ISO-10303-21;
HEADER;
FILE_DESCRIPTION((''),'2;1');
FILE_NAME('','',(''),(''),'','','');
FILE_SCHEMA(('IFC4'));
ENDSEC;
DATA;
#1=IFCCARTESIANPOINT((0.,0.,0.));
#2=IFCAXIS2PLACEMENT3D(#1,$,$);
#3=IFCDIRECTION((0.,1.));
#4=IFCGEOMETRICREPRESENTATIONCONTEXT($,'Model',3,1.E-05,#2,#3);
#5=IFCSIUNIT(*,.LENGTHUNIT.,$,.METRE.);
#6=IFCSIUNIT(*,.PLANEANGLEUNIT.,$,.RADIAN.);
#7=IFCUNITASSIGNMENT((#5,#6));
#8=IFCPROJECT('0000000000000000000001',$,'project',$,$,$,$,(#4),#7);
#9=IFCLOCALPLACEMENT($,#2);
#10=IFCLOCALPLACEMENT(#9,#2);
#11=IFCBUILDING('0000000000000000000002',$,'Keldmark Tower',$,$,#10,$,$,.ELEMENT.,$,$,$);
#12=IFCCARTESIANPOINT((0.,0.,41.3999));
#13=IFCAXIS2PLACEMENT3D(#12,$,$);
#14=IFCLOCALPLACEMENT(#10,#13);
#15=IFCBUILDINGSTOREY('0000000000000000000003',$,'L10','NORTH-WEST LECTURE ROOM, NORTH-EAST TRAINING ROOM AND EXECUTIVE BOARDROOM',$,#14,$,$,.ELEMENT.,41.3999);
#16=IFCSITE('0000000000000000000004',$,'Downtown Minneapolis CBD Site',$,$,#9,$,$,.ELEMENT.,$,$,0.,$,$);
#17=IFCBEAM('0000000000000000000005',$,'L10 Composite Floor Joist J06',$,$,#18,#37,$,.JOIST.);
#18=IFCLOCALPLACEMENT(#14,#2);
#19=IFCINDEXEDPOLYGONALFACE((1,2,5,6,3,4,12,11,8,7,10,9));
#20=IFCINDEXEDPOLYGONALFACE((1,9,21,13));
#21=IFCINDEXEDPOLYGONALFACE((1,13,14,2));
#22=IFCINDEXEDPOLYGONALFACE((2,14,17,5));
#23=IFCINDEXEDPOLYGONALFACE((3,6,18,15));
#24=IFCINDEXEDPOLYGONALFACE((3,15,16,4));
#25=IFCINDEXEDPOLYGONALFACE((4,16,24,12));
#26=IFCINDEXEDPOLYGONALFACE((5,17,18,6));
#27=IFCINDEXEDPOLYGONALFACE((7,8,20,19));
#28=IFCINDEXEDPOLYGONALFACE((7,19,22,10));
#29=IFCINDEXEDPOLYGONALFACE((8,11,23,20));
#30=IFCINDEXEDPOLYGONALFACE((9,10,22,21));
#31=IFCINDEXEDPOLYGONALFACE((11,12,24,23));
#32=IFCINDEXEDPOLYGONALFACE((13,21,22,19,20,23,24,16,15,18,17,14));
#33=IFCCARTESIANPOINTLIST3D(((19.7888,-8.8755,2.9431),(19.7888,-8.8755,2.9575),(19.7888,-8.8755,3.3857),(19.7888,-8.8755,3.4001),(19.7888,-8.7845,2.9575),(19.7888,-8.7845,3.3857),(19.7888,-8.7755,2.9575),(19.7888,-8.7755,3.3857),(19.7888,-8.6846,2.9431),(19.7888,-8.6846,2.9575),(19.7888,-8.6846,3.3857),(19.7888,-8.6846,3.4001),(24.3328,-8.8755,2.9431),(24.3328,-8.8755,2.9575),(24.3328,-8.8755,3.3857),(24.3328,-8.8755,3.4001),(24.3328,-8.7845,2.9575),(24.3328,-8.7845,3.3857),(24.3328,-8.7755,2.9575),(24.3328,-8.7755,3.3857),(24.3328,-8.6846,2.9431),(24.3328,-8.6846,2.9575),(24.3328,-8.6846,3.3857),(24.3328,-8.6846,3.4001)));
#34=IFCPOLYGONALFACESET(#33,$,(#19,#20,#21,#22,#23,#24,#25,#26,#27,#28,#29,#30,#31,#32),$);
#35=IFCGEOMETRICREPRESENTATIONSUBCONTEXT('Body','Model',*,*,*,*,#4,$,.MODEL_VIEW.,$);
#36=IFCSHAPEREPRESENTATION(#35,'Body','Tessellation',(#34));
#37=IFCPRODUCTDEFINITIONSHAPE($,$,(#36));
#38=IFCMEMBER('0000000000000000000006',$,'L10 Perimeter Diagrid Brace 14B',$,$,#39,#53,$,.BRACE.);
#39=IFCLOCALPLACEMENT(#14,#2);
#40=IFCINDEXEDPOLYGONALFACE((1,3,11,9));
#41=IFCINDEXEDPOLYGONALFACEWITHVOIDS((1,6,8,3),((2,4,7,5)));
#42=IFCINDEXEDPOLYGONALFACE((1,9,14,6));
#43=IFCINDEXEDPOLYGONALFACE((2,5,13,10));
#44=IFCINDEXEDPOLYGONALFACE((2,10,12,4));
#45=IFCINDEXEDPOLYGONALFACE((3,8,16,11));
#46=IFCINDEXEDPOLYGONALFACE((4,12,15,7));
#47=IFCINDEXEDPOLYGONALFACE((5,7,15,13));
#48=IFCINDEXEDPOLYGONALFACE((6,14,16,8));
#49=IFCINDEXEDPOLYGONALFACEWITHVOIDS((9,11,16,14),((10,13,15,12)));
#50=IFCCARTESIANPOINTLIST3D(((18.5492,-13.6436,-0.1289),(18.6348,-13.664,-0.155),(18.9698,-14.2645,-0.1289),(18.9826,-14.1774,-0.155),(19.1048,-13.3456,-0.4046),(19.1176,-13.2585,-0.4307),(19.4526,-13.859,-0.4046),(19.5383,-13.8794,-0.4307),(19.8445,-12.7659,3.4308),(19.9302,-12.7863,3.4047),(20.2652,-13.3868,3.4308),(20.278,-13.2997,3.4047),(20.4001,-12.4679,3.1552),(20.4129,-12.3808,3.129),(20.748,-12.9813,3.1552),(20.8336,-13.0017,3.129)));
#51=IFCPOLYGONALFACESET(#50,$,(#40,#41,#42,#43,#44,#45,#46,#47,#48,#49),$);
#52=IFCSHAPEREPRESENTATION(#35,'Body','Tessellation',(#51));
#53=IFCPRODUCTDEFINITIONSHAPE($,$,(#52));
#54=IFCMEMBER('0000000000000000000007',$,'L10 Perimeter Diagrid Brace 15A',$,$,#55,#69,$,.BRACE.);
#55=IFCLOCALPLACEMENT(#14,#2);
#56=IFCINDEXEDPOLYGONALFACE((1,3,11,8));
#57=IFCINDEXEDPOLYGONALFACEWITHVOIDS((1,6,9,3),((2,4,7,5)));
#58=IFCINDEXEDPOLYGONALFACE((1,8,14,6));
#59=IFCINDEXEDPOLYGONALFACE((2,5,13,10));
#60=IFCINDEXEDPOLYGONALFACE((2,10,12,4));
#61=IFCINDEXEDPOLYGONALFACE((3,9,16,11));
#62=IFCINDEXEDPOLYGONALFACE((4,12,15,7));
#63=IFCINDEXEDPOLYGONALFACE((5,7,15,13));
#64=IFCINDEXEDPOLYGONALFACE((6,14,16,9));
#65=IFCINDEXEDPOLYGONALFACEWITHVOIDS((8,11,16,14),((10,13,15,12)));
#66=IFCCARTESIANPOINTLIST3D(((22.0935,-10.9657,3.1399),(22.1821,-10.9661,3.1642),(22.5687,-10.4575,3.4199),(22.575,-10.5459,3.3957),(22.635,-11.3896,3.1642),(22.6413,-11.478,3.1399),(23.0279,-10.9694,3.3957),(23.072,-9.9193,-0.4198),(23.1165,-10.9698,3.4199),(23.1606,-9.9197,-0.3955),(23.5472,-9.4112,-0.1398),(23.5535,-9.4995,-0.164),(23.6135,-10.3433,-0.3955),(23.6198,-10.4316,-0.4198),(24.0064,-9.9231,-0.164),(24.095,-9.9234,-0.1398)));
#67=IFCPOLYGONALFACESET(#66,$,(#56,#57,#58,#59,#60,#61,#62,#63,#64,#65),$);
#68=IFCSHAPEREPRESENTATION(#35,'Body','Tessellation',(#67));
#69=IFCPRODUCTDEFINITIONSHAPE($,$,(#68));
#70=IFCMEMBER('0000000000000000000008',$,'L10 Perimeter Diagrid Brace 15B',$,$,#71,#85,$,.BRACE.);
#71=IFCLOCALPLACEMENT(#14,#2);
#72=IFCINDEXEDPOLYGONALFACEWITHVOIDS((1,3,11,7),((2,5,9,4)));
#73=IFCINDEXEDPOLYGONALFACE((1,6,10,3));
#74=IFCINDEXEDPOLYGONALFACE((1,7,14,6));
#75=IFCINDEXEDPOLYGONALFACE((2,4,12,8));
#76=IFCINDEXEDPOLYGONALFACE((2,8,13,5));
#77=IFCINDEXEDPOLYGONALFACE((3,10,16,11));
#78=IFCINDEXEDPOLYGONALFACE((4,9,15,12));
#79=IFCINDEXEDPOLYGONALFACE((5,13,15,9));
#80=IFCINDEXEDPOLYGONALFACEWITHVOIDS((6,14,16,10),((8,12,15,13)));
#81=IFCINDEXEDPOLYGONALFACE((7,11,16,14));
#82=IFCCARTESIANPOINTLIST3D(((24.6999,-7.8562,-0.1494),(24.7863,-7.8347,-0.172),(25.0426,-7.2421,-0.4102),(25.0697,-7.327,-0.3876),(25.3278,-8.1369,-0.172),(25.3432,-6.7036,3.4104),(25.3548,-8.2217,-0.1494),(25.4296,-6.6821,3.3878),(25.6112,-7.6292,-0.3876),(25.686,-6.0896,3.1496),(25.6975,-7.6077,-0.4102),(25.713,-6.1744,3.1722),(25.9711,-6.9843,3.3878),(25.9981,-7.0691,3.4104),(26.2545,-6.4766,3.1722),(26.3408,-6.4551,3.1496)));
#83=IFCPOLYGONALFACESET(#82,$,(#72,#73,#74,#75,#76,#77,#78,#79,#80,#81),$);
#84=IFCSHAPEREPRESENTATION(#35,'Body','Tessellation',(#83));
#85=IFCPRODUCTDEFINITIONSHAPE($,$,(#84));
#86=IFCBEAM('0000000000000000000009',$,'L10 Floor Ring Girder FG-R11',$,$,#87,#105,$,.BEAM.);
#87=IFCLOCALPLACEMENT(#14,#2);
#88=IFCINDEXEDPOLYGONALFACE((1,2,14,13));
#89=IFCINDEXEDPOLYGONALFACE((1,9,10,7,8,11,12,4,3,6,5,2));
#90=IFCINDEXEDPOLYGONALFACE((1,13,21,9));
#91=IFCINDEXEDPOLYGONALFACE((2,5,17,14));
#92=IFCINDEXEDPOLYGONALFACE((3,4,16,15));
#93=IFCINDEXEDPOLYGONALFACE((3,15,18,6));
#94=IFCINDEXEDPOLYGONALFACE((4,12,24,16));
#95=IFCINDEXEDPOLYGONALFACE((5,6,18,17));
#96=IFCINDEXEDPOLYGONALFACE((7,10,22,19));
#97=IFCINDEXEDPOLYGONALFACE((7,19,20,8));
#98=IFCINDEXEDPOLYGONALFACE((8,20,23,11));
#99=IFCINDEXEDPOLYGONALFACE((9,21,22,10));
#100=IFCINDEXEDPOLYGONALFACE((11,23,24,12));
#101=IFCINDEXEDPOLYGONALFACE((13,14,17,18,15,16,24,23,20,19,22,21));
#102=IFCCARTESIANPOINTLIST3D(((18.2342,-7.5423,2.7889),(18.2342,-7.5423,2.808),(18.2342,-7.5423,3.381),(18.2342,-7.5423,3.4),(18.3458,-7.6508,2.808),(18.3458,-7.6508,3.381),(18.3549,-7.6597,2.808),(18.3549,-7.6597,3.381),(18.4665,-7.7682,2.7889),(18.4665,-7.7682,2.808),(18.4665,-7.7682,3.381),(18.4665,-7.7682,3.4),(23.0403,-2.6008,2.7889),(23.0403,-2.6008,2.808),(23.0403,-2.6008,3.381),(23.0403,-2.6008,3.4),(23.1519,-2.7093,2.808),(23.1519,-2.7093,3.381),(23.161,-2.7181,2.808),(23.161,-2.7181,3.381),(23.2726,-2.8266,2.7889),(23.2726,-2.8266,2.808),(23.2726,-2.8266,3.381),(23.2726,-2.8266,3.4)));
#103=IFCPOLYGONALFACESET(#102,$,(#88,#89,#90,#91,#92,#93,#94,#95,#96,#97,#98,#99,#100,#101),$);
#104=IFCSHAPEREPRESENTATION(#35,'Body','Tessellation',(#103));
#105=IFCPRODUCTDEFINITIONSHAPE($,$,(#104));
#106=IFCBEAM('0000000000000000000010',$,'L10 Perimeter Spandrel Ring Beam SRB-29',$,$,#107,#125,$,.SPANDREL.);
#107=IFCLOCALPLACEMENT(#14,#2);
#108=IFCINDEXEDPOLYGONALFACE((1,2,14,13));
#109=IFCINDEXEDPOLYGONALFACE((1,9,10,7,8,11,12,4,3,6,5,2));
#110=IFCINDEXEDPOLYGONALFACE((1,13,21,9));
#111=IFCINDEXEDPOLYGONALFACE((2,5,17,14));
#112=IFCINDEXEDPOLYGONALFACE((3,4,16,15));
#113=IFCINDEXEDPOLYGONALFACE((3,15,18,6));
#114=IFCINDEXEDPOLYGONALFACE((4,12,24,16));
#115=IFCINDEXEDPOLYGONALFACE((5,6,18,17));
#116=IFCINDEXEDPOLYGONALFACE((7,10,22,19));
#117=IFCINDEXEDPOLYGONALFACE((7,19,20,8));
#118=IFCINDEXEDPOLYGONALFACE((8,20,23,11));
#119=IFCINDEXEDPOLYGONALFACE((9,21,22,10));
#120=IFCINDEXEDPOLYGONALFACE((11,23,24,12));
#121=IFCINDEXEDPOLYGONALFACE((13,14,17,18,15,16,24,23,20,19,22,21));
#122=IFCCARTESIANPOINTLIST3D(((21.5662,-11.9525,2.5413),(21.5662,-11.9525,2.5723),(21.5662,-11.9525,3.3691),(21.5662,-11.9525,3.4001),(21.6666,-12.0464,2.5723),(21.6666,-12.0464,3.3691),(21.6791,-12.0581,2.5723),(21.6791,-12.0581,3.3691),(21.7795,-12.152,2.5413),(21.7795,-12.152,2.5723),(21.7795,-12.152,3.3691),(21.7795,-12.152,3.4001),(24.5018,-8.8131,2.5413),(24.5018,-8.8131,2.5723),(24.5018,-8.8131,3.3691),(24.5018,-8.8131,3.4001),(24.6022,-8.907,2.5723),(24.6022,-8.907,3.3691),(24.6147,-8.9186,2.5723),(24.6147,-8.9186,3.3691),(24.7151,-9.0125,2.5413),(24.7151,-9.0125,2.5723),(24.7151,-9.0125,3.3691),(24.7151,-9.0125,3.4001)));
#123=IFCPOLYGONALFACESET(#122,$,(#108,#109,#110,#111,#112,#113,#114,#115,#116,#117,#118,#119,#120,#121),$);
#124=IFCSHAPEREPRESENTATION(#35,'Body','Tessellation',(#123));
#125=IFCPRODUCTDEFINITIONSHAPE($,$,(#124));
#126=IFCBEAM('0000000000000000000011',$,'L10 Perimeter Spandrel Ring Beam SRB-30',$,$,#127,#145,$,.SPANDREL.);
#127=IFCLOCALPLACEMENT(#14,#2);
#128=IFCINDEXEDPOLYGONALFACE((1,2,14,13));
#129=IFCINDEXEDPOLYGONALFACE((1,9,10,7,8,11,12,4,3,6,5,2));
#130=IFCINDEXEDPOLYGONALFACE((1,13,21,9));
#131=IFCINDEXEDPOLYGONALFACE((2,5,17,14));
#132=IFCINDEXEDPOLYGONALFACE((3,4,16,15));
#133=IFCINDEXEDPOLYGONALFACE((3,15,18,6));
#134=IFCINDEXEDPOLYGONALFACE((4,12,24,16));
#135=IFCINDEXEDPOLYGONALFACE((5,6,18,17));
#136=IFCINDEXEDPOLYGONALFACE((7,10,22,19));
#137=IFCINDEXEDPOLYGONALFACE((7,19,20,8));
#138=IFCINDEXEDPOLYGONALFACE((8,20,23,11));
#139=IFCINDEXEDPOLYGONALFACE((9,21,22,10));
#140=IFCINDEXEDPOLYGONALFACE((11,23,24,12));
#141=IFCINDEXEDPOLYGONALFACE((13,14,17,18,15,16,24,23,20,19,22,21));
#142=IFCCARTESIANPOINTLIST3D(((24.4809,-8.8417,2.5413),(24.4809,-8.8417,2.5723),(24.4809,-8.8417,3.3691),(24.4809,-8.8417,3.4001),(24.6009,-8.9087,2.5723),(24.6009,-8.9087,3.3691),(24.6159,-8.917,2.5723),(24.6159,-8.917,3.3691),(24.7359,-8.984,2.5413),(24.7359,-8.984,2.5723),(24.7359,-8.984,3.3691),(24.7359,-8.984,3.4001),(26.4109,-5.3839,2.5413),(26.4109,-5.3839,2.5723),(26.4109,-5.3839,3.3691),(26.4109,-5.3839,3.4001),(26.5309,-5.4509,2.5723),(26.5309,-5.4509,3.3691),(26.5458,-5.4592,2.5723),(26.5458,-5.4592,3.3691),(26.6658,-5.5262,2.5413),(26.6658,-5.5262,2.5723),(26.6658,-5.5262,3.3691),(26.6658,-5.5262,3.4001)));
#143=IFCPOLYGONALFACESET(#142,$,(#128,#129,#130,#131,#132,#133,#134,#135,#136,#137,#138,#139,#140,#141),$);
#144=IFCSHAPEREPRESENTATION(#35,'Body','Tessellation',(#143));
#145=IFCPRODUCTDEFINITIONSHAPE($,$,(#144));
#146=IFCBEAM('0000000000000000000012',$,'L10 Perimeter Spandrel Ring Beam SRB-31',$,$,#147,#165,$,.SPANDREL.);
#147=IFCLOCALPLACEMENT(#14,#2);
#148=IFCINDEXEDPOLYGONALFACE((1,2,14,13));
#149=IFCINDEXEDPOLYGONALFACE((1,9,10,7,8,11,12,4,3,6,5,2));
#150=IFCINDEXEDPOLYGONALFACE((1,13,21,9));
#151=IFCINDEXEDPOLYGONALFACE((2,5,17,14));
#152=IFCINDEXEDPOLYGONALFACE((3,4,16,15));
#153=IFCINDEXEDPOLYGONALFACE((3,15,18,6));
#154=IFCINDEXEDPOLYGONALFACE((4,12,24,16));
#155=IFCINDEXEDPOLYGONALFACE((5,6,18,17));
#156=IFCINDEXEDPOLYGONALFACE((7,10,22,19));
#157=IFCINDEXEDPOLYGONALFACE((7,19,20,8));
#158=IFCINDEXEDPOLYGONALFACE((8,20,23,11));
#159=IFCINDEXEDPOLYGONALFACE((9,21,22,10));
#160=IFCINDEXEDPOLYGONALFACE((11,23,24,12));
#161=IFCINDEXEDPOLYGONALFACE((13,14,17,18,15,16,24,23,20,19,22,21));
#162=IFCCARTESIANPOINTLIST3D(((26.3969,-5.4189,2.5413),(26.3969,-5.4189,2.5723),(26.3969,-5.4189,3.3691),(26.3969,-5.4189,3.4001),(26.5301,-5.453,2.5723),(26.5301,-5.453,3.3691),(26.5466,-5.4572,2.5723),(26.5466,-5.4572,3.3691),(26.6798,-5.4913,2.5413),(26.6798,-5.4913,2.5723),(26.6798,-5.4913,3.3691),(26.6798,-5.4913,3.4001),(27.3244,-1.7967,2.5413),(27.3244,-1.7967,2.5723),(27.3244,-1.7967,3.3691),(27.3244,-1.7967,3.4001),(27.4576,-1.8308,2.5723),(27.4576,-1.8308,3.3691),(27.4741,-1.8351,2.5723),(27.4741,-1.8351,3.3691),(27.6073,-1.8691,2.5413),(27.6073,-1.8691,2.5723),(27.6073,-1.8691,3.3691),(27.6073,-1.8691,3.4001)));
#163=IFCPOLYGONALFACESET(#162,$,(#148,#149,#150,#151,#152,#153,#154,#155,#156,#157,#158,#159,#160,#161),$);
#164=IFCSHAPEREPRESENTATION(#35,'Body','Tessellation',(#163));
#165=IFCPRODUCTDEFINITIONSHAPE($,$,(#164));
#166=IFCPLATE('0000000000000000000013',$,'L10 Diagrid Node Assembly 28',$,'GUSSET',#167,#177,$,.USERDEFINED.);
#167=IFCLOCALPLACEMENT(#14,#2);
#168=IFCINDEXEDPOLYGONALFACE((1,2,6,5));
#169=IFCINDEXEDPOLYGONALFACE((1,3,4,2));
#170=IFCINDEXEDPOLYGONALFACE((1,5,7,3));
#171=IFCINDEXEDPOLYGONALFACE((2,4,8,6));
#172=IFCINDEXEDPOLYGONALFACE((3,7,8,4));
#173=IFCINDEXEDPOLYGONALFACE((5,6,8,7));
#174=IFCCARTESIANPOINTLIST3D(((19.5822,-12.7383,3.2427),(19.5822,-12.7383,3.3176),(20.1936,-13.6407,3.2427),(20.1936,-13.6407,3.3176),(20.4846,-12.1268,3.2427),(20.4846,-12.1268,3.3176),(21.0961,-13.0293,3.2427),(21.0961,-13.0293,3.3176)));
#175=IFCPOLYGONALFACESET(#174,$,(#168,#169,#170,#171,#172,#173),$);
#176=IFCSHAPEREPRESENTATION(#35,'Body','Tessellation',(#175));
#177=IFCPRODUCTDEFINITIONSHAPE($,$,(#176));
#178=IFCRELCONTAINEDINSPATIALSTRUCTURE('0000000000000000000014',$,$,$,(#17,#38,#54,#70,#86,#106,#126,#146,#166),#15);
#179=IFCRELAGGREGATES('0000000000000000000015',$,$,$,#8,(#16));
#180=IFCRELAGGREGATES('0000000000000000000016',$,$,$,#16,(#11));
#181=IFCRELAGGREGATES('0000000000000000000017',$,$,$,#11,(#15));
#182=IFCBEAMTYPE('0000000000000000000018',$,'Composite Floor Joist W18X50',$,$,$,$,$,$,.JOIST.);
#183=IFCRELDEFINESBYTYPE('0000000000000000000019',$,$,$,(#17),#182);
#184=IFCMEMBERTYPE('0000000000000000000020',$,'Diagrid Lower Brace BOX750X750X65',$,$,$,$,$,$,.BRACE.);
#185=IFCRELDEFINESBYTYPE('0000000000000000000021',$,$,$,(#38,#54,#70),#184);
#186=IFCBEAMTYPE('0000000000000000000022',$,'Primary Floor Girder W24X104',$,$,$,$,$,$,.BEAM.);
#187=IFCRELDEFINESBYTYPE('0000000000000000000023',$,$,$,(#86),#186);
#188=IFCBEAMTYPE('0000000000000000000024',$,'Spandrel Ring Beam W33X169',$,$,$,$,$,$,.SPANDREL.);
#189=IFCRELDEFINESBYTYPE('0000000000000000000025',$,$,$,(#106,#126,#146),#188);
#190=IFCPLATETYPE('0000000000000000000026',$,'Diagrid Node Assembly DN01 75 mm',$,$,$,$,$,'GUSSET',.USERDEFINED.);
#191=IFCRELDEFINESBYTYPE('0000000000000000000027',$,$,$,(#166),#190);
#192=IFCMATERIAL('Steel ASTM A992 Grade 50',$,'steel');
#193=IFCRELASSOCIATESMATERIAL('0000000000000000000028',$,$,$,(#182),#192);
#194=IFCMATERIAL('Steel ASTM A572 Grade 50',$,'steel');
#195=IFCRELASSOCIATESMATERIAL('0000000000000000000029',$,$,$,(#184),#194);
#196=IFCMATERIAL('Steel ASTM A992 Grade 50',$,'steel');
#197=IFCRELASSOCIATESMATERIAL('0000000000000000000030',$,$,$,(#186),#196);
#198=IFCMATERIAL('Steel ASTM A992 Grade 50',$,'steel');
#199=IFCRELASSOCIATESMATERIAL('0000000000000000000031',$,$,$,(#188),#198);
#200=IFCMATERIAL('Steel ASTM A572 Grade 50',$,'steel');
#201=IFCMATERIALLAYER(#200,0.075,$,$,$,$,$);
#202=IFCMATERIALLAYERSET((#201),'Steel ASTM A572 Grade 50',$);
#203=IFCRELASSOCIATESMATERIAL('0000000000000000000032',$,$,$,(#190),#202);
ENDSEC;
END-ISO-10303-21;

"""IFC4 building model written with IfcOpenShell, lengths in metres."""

from ifc_helpers import new_model, si_unit, direction, frame, origin, origin_2d, place, context, subcontext, project, spatial, rectangle, hollow_rectangle, i_section, extrude, material, layer, layer_set, material_profile, profile_set, type_object, element, save


model = new_model("IFC4")

# Units and contexts
model_context = context("Model", 3, precision=1e-05, world=origin(), true_north=direction((0.0, 1.0)))
body_context = subcontext(model_context, "Body", "Model", "MODEL_VIEW")
ifc_project = project(units=[si_unit("LENGTHUNIT", "METRE"), si_unit("PLANEANGLEUNIT", "RADIAN")], contexts=[model_context])

# Site, building, storey
site_placement = place(None, origin())
site = spatial("IfcSite", under=ifc_project, at=site_placement, Name="Downtown Minneapolis CBD Site", CompositionType="ELEMENT", RefElevation=0.0)
building_placement = place(site_placement, origin())
building = spatial("IfcBuilding", under=site, at=building_placement, Name="Keldmark Tower", CompositionType="ELEMENT")
storey_placement = place(building_placement, frame((0.0, 0.0, 41.3999)))
storey = spatial("IfcBuildingStorey", under=building, at=storey_placement, Name="L10", Description="NORTH-WEST LECTURE ROOM, NORTH-EAST TRAINING ROOM AND EXECUTIVE BOARDROOM", CompositionType="ELEMENT", Elevation=41.3999)

# Beam
ifc_material_1 = material(Name="Steel ASTM A992 Grade 50", Category="steel")
ifc_material_profile_1 = material_profile(ifc_material_1, i_section(OverallWidth=0.1909, OverallDepth=0.457, WebThickness=0.009, FlangeThickness=0.0144, at=origin_2d()), Name="W18X50")
ifc_profile_set_1 = profile_set([ifc_material_profile_1], Name="Steel ASTM A992 Grade 50")
beam_type_1 = type_object("IfcBeamType", Name="Composite Floor Joist W18X50", PredefinedType="JOIST", material=ifc_profile_set_1)
beam_1_placement = place(storey_placement, frame((19.7888, -8.78, 3.1716), z_axis=(1.0, 0.0, 0.0), x_axis=(0.0, 1.0, 0.0)))
element("IfcBeam", 1, at=beam_1_placement, inside=storey, type_object=beam_type_1, Name="L10 Composite Floor Joist J06", PredefinedType="JOIST", context=body_context, shape_type="SweptSolid", body=[
    extrude(i_section(OverallWidth=0.1909, OverallDepth=0.457, WebThickness=0.009, FlangeThickness=0.0144, at=origin_2d()), origin(), (0.0, 0.0, 1.0), 4.5439),
])

# Members
ifc_material_2 = material(Name="Steel ASTM A572 Grade 50", Category="steel")
ifc_material_profile_2 = material_profile(ifc_material_2, hollow_rectangle(XDim=0.75, YDim=0.75, WallThickness=0.0649, at=origin_2d()), Name="BOX750X750X65")
ifc_profile_set_2 = profile_set([ifc_material_profile_2], Name="Steel ASTM A572 Grade 50")
member_type = type_object("IfcMemberType", Name="Diagrid Lower Brace BOX750X750X65", PredefinedType="BRACE", material=ifc_profile_set_2)
member_1_placement = place(storey_placement, frame((19.0437, -13.7615, -0.2798), z_axis=(0.333136, 0.225711, 0.915464), x_axis=(-0.560914, 0.827874, 0.0)))
element("IfcMember", 2, at=member_1_placement, inside=storey, type_object=member_type, Name="L10 Perimeter Diagrid Brace 14B", PredefinedType="BRACE", context=body_context, shape_type="SweptSolid", body=[
    extrude(hollow_rectangle(XDim=0.75, YDim=0.75, WallThickness=0.0649, at=origin_2d()), origin(), (0.0, 0.0, 1.0), 3.8884),
])
member_2_placement = place(storey_placement, frame((23.5835, -9.9214, -0.2798), z_axis=(-0.255003, -0.27269, 0.927693), x_axis=(0.730398, -0.683022, 0.0)))
element("IfcMember", 3, at=member_2_placement, inside=storey, type_object=member_type, Name="L10 Perimeter Diagrid Brace 15A", PredefinedType="BRACE", context=body_context, shape_type="SweptSolid", body=[
    extrude(hollow_rectangle(XDim=0.75, YDim=0.75, WallThickness=0.0649, at=origin_2d()), origin(), (0.0, 0.0, 1.0), 3.8372),
])
member_3_placement = place(storey_placement, frame((25.1987, -7.7319, -0.2798), z_axis=(0.169441, 0.30358, 0.937619), x_axis=(-0.873196, 0.487369, 0.0)))
element("IfcMember", 4, at=member_3_placement, inside=storey, type_object=member_type, Name="L10 Perimeter Diagrid Brace 15B", PredefinedType="BRACE", context=body_context, shape_type="SweptSolid", body=[
    extrude(hollow_rectangle(XDim=0.75, YDim=0.75, WallThickness=0.0649, at=origin_2d()), origin(), (0.0, 0.0, 1.0), 3.7966),
])

# Beams
ifc_material_3 = material(Name="Steel ASTM A992 Grade 50", Category="steel")
ifc_material_profile_3 = material_profile(ifc_material_3, i_section(OverallWidth=0.324, OverallDepth=0.6111, WebThickness=0.0127, FlangeThickness=0.019, at=origin_2d()), Name="W24X104")
ifc_profile_set_3 = profile_set([ifc_material_profile_3], Name="Steel ASTM A992 Grade 50")
beam_type_2 = type_object("IfcBeamType", Name="Primary Floor Girder W24X104", PredefinedType="BEAM", material=ifc_profile_set_3)
beam_2_placement = place(storey_placement, frame((18.3503, -7.6553, 3.0945), z_axis=(0.69721, 0.716867, 0.0), x_axis=(-0.716867, 0.69721, 0.0)))
element("IfcBeam", 5, at=beam_2_placement, inside=storey, type_object=beam_type_2, Name="L10 Floor Ring Girder FG-R11", PredefinedType="BEAM", context=body_context, shape_type="SweptSolid", body=[
    extrude(i_section(OverallWidth=0.324, OverallDepth=0.6111, WebThickness=0.0127, FlangeThickness=0.019, at=origin_2d()), origin(), (0.0, 0.0, 1.0), 6.8933),
])
ifc_material_4 = material(Name="Steel ASTM A992 Grade 50", Category="steel")
ifc_material_profile_4 = material_profile(ifc_material_4, i_section(OverallWidth=0.292, OverallDepth=0.8589, WebThickness=0.0171, FlangeThickness=0.031, at=origin_2d()), Name="W33X169")
ifc_profile_set_4 = profile_set([ifc_material_profile_4], Name="Steel ASTM A992 Grade 50")
beam_type_3 = type_object("IfcBeamType", Name="Spandrel Ring Beam W33X169", PredefinedType="SPANDREL", material=ifc_profile_set_4)
beam_3_placement = place(storey_placement, frame((21.6729, -12.0522, 2.9707), z_axis=(0.682994, 0.730424, 0.0), x_axis=(-0.730424, 0.682994, 0.0)))
element("IfcBeam", 6, at=beam_3_placement, inside=storey, type_object=beam_type_3, Name="L10 Perimeter Spandrel Ring Beam SRB-29", PredefinedType="SPANDREL", context=body_context, shape_type="SweptSolid", body=[
    extrude(i_section(OverallWidth=0.292, OverallDepth=0.8589, WebThickness=0.0171, FlangeThickness=0.031, at=origin_2d()), origin(), (0.0, 0.0, 1.0), 4.2981),
])
beam_4_placement = place(storey_placement, frame((24.6084, -8.9128, 2.9707), z_axis=(0.487369, 0.873196, 0.0), x_axis=(-0.873196, 0.487369, 0.0)))
element("IfcBeam", 7, at=beam_4_placement, inside=storey, type_object=beam_type_3, Name="L10 Perimeter Spandrel Ring Beam SRB-30", PredefinedType="SPANDREL", context=body_context, shape_type="SweptSolid", body=[
    extrude(i_section(OverallWidth=0.292, OverallDepth=0.8589, WebThickness=0.0171, FlangeThickness=0.031, at=origin_2d()), origin(), (0.0, 0.0, 1.0), 3.96),
])
beam_5_placement = place(storey_placement, frame((26.5383, -5.4551, 2.9707), z_axis=(0.248063, 0.968744, 0.0), x_axis=(-0.968744, 0.248063, 0.0)))
element("IfcBeam", 8, at=beam_5_placement, inside=storey, type_object=beam_type_3, Name="L10 Perimeter Spandrel Ring Beam SRB-31", PredefinedType="SPANDREL", context=body_context, shape_type="SweptSolid", body=[
    extrude(i_section(OverallWidth=0.292, OverallDepth=0.8589, WebThickness=0.0171, FlangeThickness=0.031, at=origin_2d()), origin(), (0.0, 0.0, 1.0), 3.739),
])

# Plate
ifc_material_5 = material(Name="Steel ASTM A572 Grade 50", Category="steel")
ifc_layer_1 = layer(ifc_material_5, 0.075)
ifc_layer_set_1 = layer_set([ifc_layer_1], Name="Steel ASTM A572 Grade 50")
plate_type = type_object("IfcPlateType", Name="Diagrid Node Assembly DN01 75 mm", ElementType="GUSSET", PredefinedType="USERDEFINED", material=ifc_layer_set_1)
for number, where, z_axis, x_axis, name in (
    (9, (20.3391, -12.8838, 3.2427), (0.0, 0.0, 1.0), (0.827865, 0.560928, 0.0), "L10 Diagrid Node Assembly 28"),
):
    element("IfcPlate", number, at=place(storey_placement, frame(where, z_axis=z_axis, x_axis=x_axis)), inside=storey, type_object=plate_type, Name=name, ObjectType="GUSSET", PredefinedType="USERDEFINED", context=body_context, shape_type="SweptSolid", body=[
        extrude(rectangle(XDim=1.0901, YDim=1.0901, at=origin_2d()), origin(), (0.0, 0.0, 1.0), 0.075),
    ])

save(model, "model.ifc")
